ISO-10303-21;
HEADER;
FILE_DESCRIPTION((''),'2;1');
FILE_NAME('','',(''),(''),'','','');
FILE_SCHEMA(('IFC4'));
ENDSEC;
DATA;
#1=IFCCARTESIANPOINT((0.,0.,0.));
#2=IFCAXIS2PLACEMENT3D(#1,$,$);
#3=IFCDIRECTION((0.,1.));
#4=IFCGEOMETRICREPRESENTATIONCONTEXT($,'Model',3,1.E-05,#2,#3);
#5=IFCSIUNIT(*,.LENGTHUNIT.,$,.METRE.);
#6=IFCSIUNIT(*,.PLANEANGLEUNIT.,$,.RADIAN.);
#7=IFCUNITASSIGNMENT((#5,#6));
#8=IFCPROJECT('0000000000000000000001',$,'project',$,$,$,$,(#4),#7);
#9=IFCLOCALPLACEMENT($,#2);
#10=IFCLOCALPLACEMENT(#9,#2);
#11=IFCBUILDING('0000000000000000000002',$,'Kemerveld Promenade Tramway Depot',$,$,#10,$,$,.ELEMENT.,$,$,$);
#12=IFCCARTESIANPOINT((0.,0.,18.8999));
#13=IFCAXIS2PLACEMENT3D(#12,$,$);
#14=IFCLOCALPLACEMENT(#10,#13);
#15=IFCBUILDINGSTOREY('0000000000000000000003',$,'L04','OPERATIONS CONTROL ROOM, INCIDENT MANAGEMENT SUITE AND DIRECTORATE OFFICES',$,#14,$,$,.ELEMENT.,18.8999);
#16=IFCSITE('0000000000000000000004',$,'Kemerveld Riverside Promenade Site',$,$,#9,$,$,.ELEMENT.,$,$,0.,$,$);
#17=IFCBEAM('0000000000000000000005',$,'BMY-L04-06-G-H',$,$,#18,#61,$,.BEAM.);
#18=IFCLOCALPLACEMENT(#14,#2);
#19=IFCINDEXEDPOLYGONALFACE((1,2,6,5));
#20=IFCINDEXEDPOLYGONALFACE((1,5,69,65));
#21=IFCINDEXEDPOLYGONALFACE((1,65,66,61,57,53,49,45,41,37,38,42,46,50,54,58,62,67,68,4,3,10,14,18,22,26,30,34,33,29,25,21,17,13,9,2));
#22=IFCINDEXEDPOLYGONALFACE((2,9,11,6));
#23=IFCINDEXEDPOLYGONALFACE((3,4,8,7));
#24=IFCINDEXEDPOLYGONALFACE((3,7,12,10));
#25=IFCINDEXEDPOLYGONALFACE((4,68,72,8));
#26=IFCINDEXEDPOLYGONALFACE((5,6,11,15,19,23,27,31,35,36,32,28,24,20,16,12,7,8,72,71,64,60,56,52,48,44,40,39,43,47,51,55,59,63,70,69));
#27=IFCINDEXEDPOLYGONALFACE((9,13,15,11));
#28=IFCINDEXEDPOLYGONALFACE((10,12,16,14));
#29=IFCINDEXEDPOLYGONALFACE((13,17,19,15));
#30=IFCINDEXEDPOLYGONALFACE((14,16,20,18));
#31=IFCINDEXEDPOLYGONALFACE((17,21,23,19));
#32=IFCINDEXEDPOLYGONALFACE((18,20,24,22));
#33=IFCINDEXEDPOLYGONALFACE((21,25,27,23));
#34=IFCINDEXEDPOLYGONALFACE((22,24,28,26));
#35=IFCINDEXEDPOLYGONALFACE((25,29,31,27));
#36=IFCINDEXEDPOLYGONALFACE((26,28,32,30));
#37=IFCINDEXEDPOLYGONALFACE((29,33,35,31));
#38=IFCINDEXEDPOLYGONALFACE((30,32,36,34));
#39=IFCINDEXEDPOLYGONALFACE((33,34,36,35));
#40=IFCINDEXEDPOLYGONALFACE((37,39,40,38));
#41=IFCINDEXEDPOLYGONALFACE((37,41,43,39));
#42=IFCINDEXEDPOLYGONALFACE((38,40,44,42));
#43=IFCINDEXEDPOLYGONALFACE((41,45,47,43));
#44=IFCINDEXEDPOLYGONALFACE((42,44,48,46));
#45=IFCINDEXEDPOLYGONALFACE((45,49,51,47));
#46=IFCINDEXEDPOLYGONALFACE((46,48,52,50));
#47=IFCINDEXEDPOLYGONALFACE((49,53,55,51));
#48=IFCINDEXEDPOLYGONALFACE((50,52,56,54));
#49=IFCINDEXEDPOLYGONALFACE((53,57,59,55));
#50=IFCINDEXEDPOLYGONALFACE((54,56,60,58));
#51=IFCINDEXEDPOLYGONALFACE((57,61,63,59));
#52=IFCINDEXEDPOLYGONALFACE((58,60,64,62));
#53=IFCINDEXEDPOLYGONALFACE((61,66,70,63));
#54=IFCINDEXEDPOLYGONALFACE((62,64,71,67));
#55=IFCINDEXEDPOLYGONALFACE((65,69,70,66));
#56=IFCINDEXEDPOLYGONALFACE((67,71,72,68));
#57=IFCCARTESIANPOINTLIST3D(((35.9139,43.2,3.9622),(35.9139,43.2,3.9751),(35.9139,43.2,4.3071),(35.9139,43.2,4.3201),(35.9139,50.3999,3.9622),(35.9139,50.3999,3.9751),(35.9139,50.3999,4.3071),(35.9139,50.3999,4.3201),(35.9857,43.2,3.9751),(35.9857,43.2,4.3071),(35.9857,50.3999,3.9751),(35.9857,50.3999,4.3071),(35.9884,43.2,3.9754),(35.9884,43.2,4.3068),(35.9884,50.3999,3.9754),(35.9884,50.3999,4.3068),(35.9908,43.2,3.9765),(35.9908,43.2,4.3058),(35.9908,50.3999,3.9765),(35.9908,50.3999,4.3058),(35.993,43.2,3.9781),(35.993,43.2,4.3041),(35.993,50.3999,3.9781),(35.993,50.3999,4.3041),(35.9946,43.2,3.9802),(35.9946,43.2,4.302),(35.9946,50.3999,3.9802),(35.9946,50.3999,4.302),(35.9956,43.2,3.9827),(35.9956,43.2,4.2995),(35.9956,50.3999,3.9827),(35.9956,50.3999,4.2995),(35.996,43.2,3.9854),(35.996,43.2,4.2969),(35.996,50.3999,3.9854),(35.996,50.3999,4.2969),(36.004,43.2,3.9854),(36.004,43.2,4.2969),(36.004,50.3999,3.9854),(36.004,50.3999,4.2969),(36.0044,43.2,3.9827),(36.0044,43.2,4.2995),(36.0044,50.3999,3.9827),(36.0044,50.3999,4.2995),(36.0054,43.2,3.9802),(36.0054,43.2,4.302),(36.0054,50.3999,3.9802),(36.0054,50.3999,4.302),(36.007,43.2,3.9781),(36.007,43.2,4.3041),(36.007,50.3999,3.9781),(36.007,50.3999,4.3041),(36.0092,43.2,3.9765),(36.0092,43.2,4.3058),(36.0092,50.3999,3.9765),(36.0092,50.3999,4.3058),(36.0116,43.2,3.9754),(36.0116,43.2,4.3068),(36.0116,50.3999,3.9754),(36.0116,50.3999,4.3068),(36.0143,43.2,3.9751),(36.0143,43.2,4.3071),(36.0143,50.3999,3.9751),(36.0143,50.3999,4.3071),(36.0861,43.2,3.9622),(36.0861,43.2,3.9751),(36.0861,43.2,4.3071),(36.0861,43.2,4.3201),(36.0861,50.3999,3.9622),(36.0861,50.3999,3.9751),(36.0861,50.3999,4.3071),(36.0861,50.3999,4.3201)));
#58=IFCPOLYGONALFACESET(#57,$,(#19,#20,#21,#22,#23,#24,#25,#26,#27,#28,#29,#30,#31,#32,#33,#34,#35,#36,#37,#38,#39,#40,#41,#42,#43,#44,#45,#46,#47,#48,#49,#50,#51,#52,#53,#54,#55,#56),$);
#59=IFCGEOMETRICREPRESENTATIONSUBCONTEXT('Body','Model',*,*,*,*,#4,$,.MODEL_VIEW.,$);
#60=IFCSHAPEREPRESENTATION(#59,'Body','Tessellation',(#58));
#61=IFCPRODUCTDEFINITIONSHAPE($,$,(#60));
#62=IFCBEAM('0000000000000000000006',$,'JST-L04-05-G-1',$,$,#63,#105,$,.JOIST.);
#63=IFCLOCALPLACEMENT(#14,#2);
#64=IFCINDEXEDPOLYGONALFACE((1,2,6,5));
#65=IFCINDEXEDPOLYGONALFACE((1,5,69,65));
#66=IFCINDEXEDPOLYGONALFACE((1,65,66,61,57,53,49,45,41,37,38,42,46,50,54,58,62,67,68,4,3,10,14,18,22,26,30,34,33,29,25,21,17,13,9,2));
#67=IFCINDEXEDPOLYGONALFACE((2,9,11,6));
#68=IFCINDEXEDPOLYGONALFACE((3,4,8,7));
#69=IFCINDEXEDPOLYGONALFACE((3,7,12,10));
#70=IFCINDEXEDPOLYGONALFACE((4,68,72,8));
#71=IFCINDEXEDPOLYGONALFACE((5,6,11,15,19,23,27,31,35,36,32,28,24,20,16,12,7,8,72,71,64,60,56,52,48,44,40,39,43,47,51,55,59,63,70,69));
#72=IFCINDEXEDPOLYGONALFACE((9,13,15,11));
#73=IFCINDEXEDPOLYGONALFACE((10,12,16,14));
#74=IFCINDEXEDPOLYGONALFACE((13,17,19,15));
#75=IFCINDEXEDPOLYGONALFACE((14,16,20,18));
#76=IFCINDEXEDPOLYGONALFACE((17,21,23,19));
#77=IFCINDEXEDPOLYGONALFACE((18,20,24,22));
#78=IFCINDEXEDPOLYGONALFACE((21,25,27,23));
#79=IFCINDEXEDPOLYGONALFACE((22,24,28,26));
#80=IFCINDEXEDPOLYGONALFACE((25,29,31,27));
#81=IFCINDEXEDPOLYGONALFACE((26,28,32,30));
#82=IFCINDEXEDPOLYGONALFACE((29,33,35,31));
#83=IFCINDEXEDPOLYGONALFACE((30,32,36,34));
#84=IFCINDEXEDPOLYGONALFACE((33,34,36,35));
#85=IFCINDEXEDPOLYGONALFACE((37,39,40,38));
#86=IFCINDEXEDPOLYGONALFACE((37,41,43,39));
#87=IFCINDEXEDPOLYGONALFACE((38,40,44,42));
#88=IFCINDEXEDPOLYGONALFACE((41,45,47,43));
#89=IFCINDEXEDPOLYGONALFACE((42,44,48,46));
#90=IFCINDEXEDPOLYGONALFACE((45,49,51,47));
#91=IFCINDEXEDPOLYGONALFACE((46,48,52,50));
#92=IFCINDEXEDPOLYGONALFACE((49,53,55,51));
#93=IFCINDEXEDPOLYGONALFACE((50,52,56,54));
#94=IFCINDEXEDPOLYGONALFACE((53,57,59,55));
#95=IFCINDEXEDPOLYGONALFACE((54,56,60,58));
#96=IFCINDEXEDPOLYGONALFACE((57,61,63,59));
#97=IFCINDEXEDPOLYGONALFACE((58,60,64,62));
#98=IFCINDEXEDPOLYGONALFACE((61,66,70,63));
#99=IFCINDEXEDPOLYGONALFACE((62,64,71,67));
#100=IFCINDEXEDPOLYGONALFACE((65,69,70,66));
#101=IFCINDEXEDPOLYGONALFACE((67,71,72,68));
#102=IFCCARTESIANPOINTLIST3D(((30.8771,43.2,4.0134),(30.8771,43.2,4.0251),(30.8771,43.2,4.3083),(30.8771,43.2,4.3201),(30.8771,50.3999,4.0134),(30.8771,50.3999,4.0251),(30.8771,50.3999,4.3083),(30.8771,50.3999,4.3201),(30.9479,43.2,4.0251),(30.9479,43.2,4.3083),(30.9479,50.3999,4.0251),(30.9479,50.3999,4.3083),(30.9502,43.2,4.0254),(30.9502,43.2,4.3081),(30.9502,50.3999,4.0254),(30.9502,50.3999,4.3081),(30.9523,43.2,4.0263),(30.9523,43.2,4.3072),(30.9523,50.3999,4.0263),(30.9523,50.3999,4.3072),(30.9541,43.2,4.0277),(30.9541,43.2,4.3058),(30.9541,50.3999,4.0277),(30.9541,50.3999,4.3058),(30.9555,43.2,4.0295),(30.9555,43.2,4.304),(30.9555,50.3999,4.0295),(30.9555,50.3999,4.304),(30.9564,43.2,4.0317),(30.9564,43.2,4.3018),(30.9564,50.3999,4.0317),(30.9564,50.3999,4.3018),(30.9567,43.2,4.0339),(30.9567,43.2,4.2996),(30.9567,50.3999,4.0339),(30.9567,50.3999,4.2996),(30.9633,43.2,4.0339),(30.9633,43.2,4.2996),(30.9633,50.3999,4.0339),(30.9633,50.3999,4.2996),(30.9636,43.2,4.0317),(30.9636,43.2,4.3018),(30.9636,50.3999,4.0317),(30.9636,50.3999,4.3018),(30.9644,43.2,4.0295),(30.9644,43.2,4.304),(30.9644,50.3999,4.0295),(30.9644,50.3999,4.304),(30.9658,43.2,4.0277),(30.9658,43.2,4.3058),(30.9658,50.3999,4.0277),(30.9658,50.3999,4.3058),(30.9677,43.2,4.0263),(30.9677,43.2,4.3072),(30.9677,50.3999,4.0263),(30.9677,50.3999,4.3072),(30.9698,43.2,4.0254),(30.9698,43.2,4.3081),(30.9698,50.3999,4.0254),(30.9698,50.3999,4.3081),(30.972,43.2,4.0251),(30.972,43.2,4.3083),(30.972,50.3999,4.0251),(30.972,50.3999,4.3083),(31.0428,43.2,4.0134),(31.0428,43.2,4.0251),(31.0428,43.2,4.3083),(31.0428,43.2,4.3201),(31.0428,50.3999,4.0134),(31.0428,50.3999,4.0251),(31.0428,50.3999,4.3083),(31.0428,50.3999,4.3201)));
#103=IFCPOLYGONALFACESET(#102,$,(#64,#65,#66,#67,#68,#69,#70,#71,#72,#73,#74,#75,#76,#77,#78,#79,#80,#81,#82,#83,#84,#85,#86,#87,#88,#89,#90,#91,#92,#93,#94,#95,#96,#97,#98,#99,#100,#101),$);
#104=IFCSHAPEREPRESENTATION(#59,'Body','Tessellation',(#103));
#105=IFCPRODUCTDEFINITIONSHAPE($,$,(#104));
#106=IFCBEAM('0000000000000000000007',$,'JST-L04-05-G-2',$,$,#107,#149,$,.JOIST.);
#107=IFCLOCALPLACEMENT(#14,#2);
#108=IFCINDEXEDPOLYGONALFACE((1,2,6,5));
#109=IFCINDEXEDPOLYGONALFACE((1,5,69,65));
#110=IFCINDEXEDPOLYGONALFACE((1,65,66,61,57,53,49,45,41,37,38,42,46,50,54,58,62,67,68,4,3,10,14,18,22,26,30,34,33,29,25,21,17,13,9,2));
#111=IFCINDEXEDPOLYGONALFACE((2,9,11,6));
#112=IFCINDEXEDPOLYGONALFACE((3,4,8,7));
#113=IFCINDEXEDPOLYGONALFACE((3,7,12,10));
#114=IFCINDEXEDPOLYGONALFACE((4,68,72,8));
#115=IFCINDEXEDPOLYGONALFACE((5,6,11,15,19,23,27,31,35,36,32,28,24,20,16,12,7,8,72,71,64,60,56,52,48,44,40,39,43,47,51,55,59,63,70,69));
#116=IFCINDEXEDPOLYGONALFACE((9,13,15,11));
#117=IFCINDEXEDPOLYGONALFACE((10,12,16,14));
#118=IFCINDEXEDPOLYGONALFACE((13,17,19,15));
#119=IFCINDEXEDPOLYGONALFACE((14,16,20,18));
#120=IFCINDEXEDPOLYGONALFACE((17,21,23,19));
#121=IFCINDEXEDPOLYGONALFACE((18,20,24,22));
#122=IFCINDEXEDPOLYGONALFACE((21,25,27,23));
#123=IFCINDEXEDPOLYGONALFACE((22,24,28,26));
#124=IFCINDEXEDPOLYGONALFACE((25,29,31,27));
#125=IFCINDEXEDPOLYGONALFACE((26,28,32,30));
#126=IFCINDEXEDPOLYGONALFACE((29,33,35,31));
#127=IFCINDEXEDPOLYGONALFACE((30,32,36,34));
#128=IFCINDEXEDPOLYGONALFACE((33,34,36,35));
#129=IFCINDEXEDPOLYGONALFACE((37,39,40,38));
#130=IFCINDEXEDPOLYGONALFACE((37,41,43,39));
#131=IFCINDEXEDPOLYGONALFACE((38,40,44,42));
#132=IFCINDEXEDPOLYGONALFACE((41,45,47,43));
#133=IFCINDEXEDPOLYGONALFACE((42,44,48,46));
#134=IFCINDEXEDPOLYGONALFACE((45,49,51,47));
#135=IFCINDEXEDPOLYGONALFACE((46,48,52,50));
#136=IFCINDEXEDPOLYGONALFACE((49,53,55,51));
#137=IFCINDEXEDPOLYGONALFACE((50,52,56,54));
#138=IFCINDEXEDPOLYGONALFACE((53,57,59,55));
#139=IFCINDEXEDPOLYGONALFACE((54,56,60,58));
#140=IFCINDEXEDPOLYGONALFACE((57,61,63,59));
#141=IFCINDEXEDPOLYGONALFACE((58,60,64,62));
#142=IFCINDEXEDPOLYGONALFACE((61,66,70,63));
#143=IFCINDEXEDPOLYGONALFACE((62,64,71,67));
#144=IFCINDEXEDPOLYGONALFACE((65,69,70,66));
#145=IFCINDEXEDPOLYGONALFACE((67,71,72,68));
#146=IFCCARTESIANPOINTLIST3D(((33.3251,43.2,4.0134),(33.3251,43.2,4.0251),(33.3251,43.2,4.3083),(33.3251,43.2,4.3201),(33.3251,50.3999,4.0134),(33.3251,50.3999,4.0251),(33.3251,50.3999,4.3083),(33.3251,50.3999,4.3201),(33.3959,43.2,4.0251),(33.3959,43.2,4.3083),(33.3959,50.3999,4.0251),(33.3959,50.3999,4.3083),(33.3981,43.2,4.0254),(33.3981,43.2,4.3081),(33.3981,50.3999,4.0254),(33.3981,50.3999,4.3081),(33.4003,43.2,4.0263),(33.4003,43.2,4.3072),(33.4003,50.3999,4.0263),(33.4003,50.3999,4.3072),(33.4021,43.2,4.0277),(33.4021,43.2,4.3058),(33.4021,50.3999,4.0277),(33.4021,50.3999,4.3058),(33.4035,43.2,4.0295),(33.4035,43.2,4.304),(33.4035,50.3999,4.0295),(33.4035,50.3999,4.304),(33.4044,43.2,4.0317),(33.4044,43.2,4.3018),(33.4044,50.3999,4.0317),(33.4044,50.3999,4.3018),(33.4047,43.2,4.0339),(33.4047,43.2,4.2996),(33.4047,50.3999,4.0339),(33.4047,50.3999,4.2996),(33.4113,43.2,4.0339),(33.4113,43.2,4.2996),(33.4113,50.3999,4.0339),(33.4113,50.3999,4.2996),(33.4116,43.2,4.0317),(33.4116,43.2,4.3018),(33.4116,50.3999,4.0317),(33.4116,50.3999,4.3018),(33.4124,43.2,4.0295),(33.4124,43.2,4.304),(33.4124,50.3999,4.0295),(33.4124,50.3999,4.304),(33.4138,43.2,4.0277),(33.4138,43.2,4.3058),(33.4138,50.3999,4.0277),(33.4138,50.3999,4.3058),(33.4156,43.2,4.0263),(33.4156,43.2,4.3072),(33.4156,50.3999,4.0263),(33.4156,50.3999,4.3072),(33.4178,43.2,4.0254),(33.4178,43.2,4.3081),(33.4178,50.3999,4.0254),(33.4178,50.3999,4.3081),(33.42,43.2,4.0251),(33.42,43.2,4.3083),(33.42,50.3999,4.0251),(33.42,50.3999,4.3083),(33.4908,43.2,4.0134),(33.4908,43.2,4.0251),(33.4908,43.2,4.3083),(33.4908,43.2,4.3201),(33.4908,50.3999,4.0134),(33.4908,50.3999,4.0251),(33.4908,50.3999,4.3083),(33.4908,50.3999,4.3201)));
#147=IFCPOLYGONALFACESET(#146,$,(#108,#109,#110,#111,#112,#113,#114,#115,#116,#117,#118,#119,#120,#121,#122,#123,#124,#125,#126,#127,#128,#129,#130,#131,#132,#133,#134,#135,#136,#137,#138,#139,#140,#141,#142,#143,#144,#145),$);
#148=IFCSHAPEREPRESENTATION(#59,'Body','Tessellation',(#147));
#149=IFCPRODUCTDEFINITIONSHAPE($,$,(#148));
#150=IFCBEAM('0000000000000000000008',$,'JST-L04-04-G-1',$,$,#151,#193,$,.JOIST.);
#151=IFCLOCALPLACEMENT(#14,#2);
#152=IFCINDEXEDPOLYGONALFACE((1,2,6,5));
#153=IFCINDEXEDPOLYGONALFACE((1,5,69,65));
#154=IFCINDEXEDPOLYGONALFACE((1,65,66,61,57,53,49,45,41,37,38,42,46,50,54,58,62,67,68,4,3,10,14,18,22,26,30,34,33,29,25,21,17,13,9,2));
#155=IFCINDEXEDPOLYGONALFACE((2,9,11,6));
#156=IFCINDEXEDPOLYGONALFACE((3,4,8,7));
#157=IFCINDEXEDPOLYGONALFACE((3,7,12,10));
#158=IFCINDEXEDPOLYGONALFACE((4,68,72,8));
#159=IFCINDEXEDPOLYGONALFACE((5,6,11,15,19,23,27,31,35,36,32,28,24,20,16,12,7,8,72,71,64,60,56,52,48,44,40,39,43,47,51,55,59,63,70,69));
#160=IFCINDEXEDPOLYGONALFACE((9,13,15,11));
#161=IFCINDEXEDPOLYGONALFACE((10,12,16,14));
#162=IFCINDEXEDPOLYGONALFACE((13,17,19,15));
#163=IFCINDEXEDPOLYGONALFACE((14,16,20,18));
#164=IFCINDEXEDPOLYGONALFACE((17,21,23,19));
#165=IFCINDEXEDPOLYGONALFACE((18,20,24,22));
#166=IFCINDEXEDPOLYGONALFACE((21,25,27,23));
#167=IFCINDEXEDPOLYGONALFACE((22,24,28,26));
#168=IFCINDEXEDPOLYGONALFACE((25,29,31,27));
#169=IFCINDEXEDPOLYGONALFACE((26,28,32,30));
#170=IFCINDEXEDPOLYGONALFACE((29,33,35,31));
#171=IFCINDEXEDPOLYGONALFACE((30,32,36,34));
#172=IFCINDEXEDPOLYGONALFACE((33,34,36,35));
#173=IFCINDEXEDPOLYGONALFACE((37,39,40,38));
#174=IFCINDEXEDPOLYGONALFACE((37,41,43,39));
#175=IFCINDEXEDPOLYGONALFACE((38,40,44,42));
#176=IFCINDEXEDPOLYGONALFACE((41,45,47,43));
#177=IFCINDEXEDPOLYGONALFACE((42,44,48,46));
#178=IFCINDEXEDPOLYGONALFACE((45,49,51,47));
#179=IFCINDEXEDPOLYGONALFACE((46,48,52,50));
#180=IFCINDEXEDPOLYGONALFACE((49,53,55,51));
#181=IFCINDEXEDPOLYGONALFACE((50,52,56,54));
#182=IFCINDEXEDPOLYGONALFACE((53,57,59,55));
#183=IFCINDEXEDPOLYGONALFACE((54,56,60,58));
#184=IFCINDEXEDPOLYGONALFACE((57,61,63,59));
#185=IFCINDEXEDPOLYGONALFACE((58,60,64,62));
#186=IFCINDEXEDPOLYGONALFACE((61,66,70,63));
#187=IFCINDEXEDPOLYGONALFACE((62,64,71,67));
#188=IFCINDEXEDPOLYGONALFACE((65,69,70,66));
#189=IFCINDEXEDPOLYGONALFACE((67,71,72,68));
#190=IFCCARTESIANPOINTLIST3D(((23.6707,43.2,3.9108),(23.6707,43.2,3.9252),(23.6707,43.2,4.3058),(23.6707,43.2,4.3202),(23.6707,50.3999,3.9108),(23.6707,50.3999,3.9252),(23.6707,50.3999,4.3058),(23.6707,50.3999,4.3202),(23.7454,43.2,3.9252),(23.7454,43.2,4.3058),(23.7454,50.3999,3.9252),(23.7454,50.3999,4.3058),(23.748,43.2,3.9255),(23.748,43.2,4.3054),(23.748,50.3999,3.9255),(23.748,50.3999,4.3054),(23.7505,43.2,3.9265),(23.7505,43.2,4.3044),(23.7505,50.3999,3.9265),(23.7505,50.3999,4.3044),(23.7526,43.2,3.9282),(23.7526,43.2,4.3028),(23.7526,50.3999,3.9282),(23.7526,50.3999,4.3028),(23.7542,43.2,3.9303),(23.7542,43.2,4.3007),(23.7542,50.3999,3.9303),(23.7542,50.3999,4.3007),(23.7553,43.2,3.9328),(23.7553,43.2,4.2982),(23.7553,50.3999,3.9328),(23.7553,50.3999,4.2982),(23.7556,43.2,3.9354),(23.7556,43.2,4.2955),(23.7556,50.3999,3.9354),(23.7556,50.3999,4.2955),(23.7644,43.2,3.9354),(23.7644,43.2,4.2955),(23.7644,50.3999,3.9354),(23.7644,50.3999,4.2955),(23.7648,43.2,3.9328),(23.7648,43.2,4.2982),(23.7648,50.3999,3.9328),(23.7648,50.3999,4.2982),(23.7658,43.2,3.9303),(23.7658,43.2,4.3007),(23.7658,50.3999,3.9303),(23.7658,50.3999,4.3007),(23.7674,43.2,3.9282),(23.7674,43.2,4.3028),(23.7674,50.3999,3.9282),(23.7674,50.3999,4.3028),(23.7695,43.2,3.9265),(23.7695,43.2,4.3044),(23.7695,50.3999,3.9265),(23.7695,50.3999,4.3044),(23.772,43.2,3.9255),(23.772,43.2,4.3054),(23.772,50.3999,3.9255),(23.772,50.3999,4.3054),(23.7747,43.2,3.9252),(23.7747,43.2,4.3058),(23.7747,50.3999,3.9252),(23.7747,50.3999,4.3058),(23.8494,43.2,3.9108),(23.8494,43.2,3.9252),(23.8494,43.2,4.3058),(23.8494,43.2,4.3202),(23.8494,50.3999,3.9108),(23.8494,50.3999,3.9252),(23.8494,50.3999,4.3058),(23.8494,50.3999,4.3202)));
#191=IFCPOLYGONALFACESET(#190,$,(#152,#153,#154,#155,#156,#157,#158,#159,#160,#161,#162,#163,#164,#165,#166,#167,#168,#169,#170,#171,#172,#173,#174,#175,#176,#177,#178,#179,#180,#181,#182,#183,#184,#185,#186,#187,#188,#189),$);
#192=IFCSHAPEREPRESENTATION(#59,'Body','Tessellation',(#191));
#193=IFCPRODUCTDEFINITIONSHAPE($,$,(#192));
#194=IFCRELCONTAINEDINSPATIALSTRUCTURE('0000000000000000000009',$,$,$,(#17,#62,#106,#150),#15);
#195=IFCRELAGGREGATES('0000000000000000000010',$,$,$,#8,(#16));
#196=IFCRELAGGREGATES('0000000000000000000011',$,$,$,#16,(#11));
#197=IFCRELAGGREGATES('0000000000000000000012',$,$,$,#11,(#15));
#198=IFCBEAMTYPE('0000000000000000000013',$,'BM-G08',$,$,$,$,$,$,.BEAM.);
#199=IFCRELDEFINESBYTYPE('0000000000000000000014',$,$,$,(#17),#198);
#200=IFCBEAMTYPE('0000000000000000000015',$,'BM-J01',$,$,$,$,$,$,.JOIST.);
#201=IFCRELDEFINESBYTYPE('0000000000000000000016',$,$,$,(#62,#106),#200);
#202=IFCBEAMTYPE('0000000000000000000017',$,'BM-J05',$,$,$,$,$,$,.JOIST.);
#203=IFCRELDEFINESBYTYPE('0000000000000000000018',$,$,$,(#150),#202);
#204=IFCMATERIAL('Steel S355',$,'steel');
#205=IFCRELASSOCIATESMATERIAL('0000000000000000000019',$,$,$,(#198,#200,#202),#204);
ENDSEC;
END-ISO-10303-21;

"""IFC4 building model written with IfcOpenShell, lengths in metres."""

from ifc_helpers import new_model, si_unit, direction, frame, origin, origin_2d, place, context, subcontext, project, spatial, i_section, extrude, material, material_profile, profile_set, type_object, element, save


model = new_model("IFC4")

# Units and contexts
model_context = context("Model", 3, precision=1e-05, world=origin(), true_north=direction((0.0, 1.0)))
body_context = subcontext(model_context, "Body", "Model", "MODEL_VIEW")
ifc_project = project(units=[si_unit("LENGTHUNIT", "METRE"), si_unit("PLANEANGLEUNIT", "RADIAN")], contexts=[model_context])

# Site, building, storey
site_placement = place(None, origin())
site = spatial("IfcSite", under=ifc_project, at=site_placement, Name="Kemerveld Riverside Promenade Site", CompositionType="ELEMENT", RefElevation=0.0)
building_placement = place(site_placement, origin())
building = spatial("IfcBuilding", under=site, at=building_placement, Name="Kemerveld Promenade Tramway Depot", CompositionType="ELEMENT")
storey_placement = place(building_placement, frame((0.0, 0.0, 18.8999)))
storey = spatial("IfcBuildingStorey", under=building, at=storey_placement, Name="L04", Description="OPERATIONS CONTROL ROOM, INCIDENT MANAGEMENT SUITE AND DIRECTORATE OFFICES", CompositionType="ELEMENT", Elevation=18.8999)

# Shared definitions
ifc_material_1 = material(Name="Steel S355", Category="steel")

# Beams
ifc_material_profile_1 = material_profile(ifc_material_1, i_section(OverallWidth=0.1721, OverallDepth=0.3579, WebThickness=0.0081, FlangeThickness=0.0129, FilletRadius=0.0103, at=origin_2d()), Name="356x171x57 UB")
ifc_profile_set_1 = profile_set([ifc_material_profile_1], Name="Steel S355")
beam_type_1 = type_object("IfcBeamType", Name="BM-G08", PredefinedType="BEAM", material=ifc_profile_set_1)
for number, where, z_axis, x_axis, name in (
    (1, (36.0, 43.2, 4.1411), (0.0, 1.0, 0.0), (-1.0, 0.0, 0.0), "BMY-L04-06-G-H"),
):
    element("IfcBeam", number, at=place(storey_placement, frame(where, z_axis=z_axis, x_axis=x_axis)), inside=storey, type_object=beam_type_1, Name=name, PredefinedType="BEAM", context=body_context, shape_type="SweptSolid", body=[
        extrude(i_section(OverallWidth=0.1721, OverallDepth=0.3579, WebThickness=0.0081, FlangeThickness=0.0129, FilletRadius=0.0103, at=origin_2d()), origin(), (0.0, 0.0, 1.0), 7.2),
    ])
ifc_material_profile_2 = material_profile(ifc_material_1, i_section(OverallWidth=0.1658, OverallDepth=0.3066, WebThickness=0.0066, FlangeThickness=0.0117, FilletRadius=0.0088, at=origin_2d()), Name="305x165x46 UB")
ifc_profile_set_2 = profile_set([ifc_material_profile_2], Name="Steel S355")
beam_type_2 = type_object("IfcBeamType", Name="BM-J01", PredefinedType="JOIST", material=ifc_profile_set_2)
for number, where, z_axis, x_axis, name in (
    (2, (30.96, 43.2, 4.1667), (0.0, 1.0, 0.0), (-1.0, 0.0, 0.0), "JST-L04-05-G-1"),
    (3, (33.408, 43.2, 4.1667), (0.0, 1.0, 0.0), (-1.0, 0.0, 0.0), "JST-L04-05-G-2"),
):
    element("IfcBeam", number, at=place(storey_placement, frame(where, z_axis=z_axis, x_axis=x_axis)), inside=storey, type_object=beam_type_2, Name=name, PredefinedType="JOIST", context=body_context, shape_type="SweptSolid", body=[
        extrude(i_section(OverallWidth=0.1658, OverallDepth=0.3066, WebThickness=0.0066, FlangeThickness=0.0117, FilletRadius=0.0088, at=origin_2d()), origin(), (0.0, 0.0, 1.0), 7.2),
    ])
ifc_material_profile_3 = material_profile(ifc_material_1, i_section(OverallWidth=0.1787, OverallDepth=0.4094, WebThickness=0.0088, FlangeThickness=0.0144, FilletRadius=0.0103, at=origin_2d()), Name="406x178x67 UB")
ifc_profile_set_3 = profile_set([ifc_material_profile_3], Name="Steel S355")
beam_type_3 = type_object("IfcBeamType", Name="BM-J05", PredefinedType="JOIST", material=ifc_profile_set_3)
for number, where, z_axis, x_axis, name in (
    (4, (23.76, 43.2, 4.1155), (0.0, 1.0, 0.0), (-1.0, 0.0, 0.0), "JST-L04-04-G-1"),
):
    element("IfcBeam", number, at=place(storey_placement, frame(where, z_axis=z_axis, x_axis=x_axis)), inside=storey, type_object=beam_type_3, Name=name, PredefinedType="JOIST", context=body_context, shape_type="SweptSolid", body=[
        extrude(i_section(OverallWidth=0.1787, OverallDepth=0.4094, WebThickness=0.0088, FlangeThickness=0.0144, FilletRadius=0.0103, at=origin_2d()), origin(), (0.0, 0.0, 1.0), 7.2),
    ])

save(model, "model.ifc")
